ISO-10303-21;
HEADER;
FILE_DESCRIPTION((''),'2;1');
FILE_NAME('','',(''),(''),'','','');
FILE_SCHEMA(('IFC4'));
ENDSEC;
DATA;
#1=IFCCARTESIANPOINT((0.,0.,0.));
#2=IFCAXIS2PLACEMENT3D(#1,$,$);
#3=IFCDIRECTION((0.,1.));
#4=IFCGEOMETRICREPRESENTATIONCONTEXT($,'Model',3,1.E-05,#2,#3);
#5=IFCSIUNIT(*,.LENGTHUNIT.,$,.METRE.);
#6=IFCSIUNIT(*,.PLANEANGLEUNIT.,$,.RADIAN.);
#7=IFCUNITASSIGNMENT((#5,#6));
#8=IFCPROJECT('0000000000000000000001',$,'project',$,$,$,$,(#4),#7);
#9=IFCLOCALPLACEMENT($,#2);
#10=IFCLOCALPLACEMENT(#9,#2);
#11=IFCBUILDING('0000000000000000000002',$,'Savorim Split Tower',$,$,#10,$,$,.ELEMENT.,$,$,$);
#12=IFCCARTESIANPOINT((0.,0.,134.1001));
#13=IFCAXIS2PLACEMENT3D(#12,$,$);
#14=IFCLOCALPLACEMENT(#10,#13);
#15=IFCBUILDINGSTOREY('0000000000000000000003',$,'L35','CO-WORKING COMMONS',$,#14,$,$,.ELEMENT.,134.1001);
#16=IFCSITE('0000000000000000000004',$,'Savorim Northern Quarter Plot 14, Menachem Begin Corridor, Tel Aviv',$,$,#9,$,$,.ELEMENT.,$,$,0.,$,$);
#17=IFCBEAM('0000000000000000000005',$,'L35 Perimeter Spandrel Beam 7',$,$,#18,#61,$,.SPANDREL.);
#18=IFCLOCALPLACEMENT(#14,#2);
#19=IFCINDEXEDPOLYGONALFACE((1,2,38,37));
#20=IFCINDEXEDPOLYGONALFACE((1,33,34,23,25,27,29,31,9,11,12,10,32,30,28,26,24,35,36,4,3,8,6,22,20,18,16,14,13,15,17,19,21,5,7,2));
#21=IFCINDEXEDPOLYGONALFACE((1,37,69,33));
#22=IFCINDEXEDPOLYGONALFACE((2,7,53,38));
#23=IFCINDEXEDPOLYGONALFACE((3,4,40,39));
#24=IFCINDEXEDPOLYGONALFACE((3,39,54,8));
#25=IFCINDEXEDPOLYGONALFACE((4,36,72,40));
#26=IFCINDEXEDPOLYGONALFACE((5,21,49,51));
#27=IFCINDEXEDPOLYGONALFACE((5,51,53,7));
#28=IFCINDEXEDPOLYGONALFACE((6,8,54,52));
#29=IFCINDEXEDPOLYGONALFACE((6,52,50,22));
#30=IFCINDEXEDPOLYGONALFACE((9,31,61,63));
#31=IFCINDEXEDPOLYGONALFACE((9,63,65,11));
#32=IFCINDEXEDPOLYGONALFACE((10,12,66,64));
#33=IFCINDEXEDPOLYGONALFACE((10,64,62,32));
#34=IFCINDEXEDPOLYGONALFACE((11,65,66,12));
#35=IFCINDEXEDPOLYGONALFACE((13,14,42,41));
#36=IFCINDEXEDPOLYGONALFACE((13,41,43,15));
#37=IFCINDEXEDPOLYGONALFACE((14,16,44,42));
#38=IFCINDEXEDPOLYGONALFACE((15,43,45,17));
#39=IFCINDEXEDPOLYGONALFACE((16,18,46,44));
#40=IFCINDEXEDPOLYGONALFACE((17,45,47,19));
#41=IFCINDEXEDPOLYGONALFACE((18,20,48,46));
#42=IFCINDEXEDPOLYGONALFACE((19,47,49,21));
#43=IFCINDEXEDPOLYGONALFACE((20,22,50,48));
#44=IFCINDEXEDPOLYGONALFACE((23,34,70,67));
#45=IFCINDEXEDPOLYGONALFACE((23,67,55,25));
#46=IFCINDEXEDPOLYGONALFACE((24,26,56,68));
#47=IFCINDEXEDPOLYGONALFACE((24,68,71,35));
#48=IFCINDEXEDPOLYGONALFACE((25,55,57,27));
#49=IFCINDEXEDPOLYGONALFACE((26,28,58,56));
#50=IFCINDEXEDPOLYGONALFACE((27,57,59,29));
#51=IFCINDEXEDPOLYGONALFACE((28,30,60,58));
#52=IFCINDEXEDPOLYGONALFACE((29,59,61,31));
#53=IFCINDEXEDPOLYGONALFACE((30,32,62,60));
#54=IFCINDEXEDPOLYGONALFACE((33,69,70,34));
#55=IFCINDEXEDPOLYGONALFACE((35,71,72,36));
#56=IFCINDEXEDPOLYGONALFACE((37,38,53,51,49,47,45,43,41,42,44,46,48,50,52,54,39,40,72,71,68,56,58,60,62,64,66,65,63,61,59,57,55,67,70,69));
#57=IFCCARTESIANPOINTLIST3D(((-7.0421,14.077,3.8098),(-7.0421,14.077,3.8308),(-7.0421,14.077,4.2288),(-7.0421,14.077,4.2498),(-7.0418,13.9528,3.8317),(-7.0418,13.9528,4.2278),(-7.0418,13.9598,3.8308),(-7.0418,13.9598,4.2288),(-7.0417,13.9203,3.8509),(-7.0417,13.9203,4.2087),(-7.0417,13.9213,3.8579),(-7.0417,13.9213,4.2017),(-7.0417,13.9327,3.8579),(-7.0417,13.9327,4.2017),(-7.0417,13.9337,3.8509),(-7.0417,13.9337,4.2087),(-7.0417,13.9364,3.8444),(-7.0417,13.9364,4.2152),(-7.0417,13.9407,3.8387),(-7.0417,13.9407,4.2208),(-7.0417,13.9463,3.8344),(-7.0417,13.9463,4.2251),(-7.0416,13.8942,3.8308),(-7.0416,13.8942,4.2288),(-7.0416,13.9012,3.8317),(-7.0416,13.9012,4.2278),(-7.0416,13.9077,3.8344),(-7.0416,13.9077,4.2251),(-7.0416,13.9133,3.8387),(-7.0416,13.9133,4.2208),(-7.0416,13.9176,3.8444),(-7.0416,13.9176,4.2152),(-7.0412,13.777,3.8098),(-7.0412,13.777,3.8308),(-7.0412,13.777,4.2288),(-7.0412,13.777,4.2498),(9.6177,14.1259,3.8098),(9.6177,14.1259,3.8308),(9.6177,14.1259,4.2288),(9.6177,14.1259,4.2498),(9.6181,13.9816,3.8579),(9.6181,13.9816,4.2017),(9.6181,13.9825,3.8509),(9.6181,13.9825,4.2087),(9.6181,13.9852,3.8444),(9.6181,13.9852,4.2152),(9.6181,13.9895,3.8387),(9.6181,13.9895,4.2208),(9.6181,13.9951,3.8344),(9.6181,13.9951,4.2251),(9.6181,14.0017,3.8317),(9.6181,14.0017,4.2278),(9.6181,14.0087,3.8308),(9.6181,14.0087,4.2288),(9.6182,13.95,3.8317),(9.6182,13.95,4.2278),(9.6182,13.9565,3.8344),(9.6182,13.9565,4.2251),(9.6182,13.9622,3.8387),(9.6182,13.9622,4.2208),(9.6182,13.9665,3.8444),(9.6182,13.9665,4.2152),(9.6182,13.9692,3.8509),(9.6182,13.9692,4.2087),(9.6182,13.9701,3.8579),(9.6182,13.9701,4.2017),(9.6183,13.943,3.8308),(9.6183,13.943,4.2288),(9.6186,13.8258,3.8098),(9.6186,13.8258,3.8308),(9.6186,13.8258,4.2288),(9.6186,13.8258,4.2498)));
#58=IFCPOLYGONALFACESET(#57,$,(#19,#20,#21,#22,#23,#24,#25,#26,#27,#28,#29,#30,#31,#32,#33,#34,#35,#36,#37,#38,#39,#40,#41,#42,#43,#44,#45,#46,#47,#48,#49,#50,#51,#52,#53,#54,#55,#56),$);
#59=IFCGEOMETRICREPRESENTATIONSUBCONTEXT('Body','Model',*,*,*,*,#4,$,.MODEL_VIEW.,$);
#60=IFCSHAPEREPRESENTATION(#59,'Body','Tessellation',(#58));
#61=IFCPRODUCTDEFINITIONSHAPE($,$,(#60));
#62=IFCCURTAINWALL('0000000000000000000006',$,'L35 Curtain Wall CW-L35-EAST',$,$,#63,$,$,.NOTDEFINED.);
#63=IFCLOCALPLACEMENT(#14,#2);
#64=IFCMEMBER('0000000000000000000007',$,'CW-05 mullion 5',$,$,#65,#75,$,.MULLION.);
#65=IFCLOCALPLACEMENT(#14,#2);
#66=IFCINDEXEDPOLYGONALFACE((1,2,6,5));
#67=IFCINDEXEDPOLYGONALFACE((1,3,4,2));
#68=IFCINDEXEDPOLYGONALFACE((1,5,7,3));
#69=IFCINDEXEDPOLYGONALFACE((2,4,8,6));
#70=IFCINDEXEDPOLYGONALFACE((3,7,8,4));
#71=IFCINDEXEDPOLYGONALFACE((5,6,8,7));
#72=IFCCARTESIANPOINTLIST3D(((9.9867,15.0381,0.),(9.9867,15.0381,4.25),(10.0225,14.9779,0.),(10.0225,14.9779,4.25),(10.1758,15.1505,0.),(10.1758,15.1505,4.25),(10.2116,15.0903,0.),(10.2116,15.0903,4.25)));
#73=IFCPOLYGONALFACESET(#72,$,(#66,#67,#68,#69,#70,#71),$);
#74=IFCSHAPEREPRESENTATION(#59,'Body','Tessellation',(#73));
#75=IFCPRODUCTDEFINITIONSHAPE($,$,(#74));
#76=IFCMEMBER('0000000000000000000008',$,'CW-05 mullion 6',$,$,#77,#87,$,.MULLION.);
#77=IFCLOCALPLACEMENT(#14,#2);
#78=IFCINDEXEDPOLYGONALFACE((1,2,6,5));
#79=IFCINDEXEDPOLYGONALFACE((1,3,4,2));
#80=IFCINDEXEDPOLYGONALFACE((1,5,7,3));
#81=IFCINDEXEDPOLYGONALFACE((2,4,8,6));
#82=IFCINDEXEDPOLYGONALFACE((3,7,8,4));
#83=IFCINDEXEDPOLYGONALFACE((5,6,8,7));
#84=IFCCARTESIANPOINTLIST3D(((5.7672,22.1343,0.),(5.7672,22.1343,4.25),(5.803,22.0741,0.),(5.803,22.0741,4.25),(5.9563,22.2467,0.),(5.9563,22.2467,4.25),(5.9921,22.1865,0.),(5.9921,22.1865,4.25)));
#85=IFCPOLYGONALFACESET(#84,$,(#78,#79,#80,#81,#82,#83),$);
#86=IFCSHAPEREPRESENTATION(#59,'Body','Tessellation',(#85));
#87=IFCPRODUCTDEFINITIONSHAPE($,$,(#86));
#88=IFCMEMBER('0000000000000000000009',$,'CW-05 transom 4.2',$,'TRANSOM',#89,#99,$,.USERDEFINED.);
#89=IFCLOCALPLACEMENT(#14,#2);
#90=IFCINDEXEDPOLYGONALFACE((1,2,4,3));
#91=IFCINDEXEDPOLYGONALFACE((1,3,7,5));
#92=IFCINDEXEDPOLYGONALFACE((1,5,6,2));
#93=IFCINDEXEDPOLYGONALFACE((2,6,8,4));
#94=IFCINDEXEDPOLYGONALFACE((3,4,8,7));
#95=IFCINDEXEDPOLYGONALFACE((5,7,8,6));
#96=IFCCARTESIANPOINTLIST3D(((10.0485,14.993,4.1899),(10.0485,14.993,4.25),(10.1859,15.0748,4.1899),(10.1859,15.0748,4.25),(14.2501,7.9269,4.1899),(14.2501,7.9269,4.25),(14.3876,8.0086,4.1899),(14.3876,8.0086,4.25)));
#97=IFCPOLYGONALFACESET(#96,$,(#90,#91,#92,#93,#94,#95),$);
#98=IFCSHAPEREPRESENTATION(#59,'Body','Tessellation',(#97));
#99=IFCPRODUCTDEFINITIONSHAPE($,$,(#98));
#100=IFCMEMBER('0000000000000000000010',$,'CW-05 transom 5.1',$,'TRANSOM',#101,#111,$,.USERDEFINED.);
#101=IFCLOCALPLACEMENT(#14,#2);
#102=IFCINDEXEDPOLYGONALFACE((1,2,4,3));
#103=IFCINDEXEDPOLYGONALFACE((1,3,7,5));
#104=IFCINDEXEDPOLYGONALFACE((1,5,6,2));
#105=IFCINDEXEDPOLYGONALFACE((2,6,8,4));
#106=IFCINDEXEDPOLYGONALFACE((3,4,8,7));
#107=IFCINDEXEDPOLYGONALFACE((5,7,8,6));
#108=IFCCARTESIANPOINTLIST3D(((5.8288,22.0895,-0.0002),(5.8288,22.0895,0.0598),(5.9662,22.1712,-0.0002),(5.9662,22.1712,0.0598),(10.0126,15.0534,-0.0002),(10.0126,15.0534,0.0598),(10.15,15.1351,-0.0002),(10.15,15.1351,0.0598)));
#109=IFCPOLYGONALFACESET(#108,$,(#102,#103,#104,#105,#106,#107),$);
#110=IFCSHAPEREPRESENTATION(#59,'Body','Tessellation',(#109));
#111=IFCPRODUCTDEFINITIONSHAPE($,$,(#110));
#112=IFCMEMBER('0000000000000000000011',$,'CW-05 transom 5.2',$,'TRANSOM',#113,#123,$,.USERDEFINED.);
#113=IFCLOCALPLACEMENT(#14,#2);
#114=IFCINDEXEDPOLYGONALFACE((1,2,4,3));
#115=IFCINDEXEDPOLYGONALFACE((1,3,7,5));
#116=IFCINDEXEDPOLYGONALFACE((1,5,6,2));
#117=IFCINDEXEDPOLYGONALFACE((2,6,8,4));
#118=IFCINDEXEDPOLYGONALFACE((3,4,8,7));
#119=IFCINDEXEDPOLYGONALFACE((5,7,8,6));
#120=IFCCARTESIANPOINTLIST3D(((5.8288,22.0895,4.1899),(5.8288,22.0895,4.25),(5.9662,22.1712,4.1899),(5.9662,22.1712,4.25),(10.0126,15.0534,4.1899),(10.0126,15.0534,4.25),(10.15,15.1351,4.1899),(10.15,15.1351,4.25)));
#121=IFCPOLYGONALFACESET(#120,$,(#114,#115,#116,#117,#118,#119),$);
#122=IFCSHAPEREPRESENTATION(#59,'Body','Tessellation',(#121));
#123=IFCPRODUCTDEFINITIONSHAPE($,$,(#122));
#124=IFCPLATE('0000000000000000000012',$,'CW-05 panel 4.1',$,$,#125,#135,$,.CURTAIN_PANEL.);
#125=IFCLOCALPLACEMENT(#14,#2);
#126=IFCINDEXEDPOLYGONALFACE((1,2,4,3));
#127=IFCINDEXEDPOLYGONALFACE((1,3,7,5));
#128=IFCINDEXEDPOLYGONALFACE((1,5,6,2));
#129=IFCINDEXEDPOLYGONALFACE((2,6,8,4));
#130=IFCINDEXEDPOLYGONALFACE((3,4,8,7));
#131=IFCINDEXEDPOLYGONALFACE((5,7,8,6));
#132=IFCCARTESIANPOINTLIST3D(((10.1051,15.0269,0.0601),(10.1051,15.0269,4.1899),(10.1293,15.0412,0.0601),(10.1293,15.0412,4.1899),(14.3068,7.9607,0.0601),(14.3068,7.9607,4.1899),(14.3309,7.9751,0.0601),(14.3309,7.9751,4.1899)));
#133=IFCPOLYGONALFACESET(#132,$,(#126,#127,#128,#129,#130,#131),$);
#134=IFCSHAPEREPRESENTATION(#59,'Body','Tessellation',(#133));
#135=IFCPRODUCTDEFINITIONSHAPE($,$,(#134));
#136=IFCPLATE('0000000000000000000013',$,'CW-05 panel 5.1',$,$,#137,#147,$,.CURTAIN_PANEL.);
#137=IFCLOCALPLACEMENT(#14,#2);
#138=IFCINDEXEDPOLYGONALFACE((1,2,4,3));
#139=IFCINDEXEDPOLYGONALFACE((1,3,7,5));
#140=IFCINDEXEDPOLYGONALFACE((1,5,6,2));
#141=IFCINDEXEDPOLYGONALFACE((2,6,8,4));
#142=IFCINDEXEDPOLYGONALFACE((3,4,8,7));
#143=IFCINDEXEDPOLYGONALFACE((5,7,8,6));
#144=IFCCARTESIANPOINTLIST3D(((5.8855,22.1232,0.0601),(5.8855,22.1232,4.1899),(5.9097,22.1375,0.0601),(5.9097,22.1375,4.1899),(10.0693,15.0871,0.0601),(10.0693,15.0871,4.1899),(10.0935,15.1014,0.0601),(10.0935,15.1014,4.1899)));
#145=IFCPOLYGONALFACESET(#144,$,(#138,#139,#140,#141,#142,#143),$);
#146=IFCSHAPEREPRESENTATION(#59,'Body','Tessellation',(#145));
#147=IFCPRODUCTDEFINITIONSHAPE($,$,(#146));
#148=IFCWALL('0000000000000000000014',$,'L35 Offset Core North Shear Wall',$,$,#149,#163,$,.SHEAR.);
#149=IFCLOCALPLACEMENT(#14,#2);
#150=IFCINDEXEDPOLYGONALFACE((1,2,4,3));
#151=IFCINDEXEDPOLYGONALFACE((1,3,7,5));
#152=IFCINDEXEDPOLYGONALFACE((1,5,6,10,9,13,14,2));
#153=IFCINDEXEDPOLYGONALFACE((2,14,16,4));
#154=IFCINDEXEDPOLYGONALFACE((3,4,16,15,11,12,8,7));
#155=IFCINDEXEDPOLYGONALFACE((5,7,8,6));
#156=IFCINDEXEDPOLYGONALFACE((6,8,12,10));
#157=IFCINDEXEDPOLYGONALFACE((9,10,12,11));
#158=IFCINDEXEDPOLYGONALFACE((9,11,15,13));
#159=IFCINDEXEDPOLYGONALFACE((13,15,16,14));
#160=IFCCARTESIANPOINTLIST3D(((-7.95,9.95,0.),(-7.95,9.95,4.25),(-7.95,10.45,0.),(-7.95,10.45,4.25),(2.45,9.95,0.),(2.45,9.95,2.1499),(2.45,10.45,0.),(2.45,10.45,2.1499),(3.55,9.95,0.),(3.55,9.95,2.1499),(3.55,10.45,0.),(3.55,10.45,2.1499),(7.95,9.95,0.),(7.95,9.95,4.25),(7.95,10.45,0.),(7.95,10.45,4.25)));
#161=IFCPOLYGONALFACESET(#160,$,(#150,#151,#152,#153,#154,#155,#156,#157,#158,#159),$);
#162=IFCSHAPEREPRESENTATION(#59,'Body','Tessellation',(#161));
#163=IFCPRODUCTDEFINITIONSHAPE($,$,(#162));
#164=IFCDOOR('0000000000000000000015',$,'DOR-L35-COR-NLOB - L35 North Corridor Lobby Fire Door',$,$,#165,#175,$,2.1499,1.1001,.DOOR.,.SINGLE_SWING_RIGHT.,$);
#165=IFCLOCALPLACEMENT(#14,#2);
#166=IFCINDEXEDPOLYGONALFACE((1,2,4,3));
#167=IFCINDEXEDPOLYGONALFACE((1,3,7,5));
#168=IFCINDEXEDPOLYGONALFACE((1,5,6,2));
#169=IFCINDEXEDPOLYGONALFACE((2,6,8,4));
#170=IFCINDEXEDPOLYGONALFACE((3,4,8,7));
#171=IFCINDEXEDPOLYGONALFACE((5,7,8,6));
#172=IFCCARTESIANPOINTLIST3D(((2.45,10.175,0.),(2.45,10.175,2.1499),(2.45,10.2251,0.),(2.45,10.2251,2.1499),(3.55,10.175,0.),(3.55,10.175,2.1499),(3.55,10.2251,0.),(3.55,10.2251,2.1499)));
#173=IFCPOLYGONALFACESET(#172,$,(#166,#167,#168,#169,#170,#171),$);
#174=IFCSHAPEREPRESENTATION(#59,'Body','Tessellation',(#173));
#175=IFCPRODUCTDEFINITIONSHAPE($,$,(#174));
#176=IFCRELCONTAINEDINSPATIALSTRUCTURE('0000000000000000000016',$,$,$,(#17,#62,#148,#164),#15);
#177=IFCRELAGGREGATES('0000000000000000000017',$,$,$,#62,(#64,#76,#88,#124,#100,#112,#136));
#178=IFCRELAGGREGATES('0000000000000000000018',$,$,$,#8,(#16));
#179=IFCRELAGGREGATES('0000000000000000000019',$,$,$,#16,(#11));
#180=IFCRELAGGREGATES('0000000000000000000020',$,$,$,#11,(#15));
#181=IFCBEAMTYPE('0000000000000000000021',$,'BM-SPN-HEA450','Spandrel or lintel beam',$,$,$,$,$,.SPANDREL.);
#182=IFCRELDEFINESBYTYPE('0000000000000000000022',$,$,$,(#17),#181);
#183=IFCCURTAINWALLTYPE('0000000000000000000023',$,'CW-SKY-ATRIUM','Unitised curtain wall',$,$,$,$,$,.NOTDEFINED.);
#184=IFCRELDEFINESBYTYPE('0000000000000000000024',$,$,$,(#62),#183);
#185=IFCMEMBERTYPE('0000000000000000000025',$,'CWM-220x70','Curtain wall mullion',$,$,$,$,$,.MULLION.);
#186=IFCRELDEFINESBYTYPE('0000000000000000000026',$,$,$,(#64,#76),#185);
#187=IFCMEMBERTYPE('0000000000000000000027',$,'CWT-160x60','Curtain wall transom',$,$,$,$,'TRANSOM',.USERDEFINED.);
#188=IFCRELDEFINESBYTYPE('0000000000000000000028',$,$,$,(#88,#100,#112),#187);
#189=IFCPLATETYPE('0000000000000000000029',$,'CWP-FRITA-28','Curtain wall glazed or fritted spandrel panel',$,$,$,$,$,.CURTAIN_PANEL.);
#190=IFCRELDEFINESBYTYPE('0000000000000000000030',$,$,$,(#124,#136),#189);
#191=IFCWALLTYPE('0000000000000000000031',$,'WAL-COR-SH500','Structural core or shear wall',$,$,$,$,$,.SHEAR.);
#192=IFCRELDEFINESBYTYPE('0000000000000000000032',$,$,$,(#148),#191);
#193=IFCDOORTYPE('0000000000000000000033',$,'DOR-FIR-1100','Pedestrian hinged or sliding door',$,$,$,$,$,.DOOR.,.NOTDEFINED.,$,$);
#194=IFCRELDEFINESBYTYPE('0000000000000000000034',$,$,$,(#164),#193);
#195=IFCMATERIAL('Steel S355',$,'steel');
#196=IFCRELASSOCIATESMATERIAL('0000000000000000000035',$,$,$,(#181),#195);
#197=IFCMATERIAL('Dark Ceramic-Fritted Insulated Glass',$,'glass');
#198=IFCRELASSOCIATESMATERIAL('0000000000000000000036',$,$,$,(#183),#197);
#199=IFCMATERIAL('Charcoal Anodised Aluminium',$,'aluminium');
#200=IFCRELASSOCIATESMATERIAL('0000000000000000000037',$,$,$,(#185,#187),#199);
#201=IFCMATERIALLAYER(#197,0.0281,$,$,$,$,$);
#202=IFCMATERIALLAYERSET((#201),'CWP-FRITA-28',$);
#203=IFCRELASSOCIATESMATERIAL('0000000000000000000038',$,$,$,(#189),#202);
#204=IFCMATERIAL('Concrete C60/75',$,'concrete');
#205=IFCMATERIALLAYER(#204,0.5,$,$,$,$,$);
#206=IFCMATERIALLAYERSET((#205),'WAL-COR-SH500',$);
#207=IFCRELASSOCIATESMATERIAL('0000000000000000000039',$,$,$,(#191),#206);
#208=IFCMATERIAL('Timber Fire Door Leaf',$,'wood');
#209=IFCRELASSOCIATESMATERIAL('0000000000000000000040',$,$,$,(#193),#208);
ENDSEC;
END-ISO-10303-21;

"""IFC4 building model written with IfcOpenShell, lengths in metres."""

from ifc_helpers import new_model, si_unit, direction, frame, frame_2d, origin, origin_2d, place, context, subcontext, project, spatial, rectangle, i_section, extrude, material, layer, layer_set, material_profile, profile_set, type_object, element, fill, aggregate, save


model = new_model("IFC4")

# Units and contexts
model_context = context("Model", 3, precision=1e-05, world=origin(), true_north=direction((0.0, 1.0)))
body_context = subcontext(model_context, "Body", "Model", "MODEL_VIEW")
ifc_project = project(units=[si_unit("LENGTHUNIT", "METRE"), si_unit("PLANEANGLEUNIT", "RADIAN")], contexts=[model_context])

# Site, building, storey
site_placement = place(None, origin())
site = spatial("IfcSite", under=ifc_project, at=site_placement, Name="Savorim Northern Quarter Plot 14, Menachem Begin Corridor, Tel Aviv", CompositionType="ELEMENT", RefElevation=0.0)
building_placement = place(site_placement, origin())
building = spatial("IfcBuilding", under=site, at=building_placement, Name="Savorim Split Tower", CompositionType="ELEMENT")
storey_placement = place(building_placement, frame((0.0, 0.0, 134.1001)))
storey = spatial("IfcBuildingStorey", under=building, at=storey_placement, Name="L35", Description="CO-WORKING COMMONS", CompositionType="ELEMENT", Elevation=134.1001)

# Beam
ifc_material_1 = material(Name="Steel S355", Category="steel")
ifc_material_profile_1 = material_profile(ifc_material_1, i_section(OverallWidth=0.3, OverallDepth=0.4399, WebThickness=0.0115, FlangeThickness=0.021, FilletRadius=0.0271, at=origin_2d()), Name="HEA 450")
ifc_profile_set_1 = profile_set([ifc_material_profile_1], Name="Steel S355")
beam_type_1 = type_object("IfcBeamType", Name="BM-SPN-HEA450", Description="Spandrel or lintel beam", PredefinedType="SPANDREL", material=ifc_profile_set_1)
beam_1_placement = place(storey_placement, frame((9.6182, 13.9758, 4.0298), z_axis=(-0.999996, -0.002931, 0.0), x_axis=(0.002931, -0.999996, 0.0)))
element("IfcBeam", 1, at=beam_1_placement, inside=storey, type_object=beam_type_1, Name="L35 Perimeter Spandrel Beam 7", PredefinedType="SPANDREL", context=body_context, shape_type="SweptSolid", body=[
    extrude(i_section(OverallWidth=0.3, OverallDepth=0.4399, WebThickness=0.0115, FlangeThickness=0.021, FilletRadius=0.0271, at=origin_2d()), origin(), (0.0, 0.0, 1.0), 16.6599),
])

# Curtain wall, members, plates
ifc_material_2 = material(Name="Dark Ceramic-Fritted Insulated Glass", Category="glass")
curtain_wall_type = type_object("IfcCurtainWallType", Name="CW-SKY-ATRIUM", Description="Unitised curtain wall", PredefinedType="NOTDEFINED", material=ifc_material_2)
curtain_wall_placement = place(storey_placement, origin())
curtain_wall = element("IfcCurtainWall", 2, at=curtain_wall_placement, inside=storey, type_object=curtain_wall_type, Name="L35 Curtain Wall CW-L35-EAST", PredefinedType="NOTDEFINED")
ifc_material_3 = material(Name="Charcoal Anodised Aluminium", Category="aluminium")
ifc_material_profile_2 = material_profile(ifc_material_3, rectangle(XDim=0.22, YDim=0.0701, at=origin_2d()), Name="ALU-M 220x70")
ifc_profile_set_2 = profile_set([ifc_material_profile_2], Name="Charcoal Anodised Aluminium")
member_type_1 = type_object("IfcMemberType", Name="CWM-220x70", Description="Curtain wall mullion", PredefinedType="MULLION", material=ifc_profile_set_2)
member_1_placement = place(storey_placement, frame((10.0991, 15.0642, 0.0), z_axis=(0.0, 0.0, 1.0), x_axis=(-0.859527, -0.511091, 0.0)))
member_1 = element("IfcMember", 3, at=member_1_placement, type_object=member_type_1, Name="CW-05 mullion 5", PredefinedType="MULLION", context=body_context, shape_type="SweptSolid", body=[
    extrude(rectangle(XDim=0.22, YDim=0.0701, at=origin_2d()), origin(), (0.0, 0.0, 1.0), 4.25),
])
member_2_placement = place(storey_placement, frame((5.8796, 22.1604, 0.0), z_axis=(0.0, 0.0, 1.0), x_axis=(-0.859527, -0.511091, 0.0)))
member_2 = element("IfcMember", 4, at=member_2_placement, type_object=member_type_1, Name="CW-05 mullion 6", PredefinedType="MULLION", context=body_context, shape_type="SweptSolid", body=[
    extrude(rectangle(XDim=0.22, YDim=0.0701, at=origin_2d()), origin(), (0.0, 0.0, 1.0), 4.25),
])
ifc_material_profile_3 = material_profile(ifc_material_3, rectangle(XDim=0.1599, YDim=0.0601, at=origin_2d()), Name="ALU-T 160x60")
ifc_profile_set_3 = profile_set([ifc_material_profile_3], Name="Charcoal Anodised Aluminium")
member_type_2 = type_object("IfcMemberType", Name="CWT-160x60", Description="Curtain wall transom", ElementType="TRANSOM", PredefinedType="USERDEFINED", material=ifc_profile_set_3)
member_3_placement = place(storey_placement, frame((14.3188, 7.9678, 4.22), z_axis=(-0.51109, 0.859527, 0.0), x_axis=(-0.859527, -0.51109, 0.0)))
member_3 = element("IfcMember", 5, at=member_3_placement, type_object=member_type_2, Name="CW-05 transom 4.2", ObjectType="TRANSOM", PredefinedType="USERDEFINED", context=body_context, shape_type="SweptSolid", body=[
    extrude(rectangle(XDim=0.1599, YDim=0.0601, at=origin_2d()), origin(), (0.0, 0.0, 1.0), 8.2209),
])
member_4_placement = place(storey_placement, frame((10.0813, 15.0942, 0.0298), z_axis=(-0.511093, 0.859526, 0.0), x_axis=(-0.859526, -0.511093, 0.0)))
member_4 = element("IfcMember", 6, at=member_4_placement, type_object=member_type_2, Name="CW-05 transom 5.1", ObjectType="TRANSOM", PredefinedType="USERDEFINED", context=body_context, shape_type="SweptSolid", body=[
    extrude(rectangle(XDim=0.1599, YDim=0.0601, at=origin_2d()), origin(), (0.0, 0.0, 1.0), 8.186),
])
member_5_placement = place(storey_placement, frame((10.0813, 15.0942, 4.22), z_axis=(-0.511093, 0.859526, 0.0), x_axis=(-0.859526, -0.511093, 0.0)))
member_5 = element("IfcMember", 7, at=member_5_placement, type_object=member_type_2, Name="CW-05 transom 5.2", ObjectType="TRANSOM", PredefinedType="USERDEFINED", context=body_context, shape_type="SweptSolid", body=[
    extrude(rectangle(XDim=0.1599, YDim=0.0601, at=origin_2d()), origin(), (0.0, 0.0, 1.0), 8.186),
])
ifc_layer_1 = layer(ifc_material_2, 0.0281)
ifc_layer_set_1 = layer_set([ifc_layer_1], Name="CWP-FRITA-28")
plate_type = type_object("IfcPlateType", Name="CWP-FRITA-28", Description="Curtain wall glazed or fritted spandrel panel", PredefinedType="CURTAIN_PANEL", material=ifc_layer_set_1)
plate_1_placement = place(storey_placement, frame((12.218, 11.501, 0.0601), z_axis=(0.0, 0.0, 1.0), x_axis=(-0.511091, 0.859527, 0.0)))
plate_1 = element("IfcPlate", 8, at=plate_1_placement, type_object=plate_type, Name="CW-05 panel 4.1", PredefinedType="CURTAIN_PANEL", context=body_context, shape_type="SweptSolid", body=[
    extrude(rectangle(XDim=8.2209, YDim=0.0281, at=origin_2d()), origin(), (0.0, 0.0, 1.0), 4.1299),
])
plate_2_placement = place(storey_placement, frame((7.9895, 18.6123, 0.0601), z_axis=(0.0, 0.0, 1.0), x_axis=(-0.511091, 0.859527, 0.0)))
plate_2 = element("IfcPlate", 9, at=plate_2_placement, type_object=plate_type, Name="CW-05 panel 5.1", PredefinedType="CURTAIN_PANEL", context=body_context, shape_type="SweptSolid", body=[
    extrude(rectangle(XDim=8.186, YDim=0.0281, at=origin_2d()), origin(), (0.0, 0.0, 1.0), 4.1299),
])
aggregate(curtain_wall, [member_1, member_2, member_3, plate_1, member_4, member_5, plate_2])

# Wall, opening, door
ifc_material_4 = material(Name="Concrete C60/75", Category="concrete")
ifc_layer_2 = layer(ifc_material_4, 0.5)
ifc_layer_set_2 = layer_set([ifc_layer_2], Name="WAL-COR-SH500")
wall_type_1 = type_object("IfcWallType", Name="WAL-COR-SH500", Description="Structural core or shear wall", PredefinedType="SHEAR", material=ifc_layer_set_2)
wall_1_placement = place(storey_placement, frame((7.95, 10.2, 0.0), z_axis=(0.0, 0.0, 1.0), x_axis=(-1.0, 0.0, 0.0)))
wall_1 = element("IfcWall", 10, at=wall_1_placement, inside=storey, type_object=wall_type_1, Name="L35 Offset Core North Shear Wall", PredefinedType="SHEAR", context=body_context, shape_type="SweptSolid", body=[
    extrude(rectangle(XDim=15.8999, YDim=0.5, at=frame_2d((7.95, 0.0))), origin(), (0.0, 0.0, 1.0), 4.25),
])
opening_1_placement = place(wall_1_placement, frame((4.3999, 0.0, 0.0)))
opening_1 = element("IfcOpeningElement", 11, at=opening_1_placement, cuts=wall_1, PredefinedType="OPENING", context=body_context, shape_type="SweptSolid", body=[
    extrude(rectangle(XDim=1.1001, YDim=2.1499, at=frame_2d((0.55, 1.075))), frame((0.0, 0.26, 0.0), z_axis=(0.0, -1.0, 0.0), x_axis=(1.0, 0.0, 0.0)), (0.0, 0.0, 1.0), 0.52),
])
ifc_material_5 = material(Name="Timber Fire Door Leaf", Category="wood")
door_type_1 = type_object("IfcDoorType", Name="DOR-FIR-1100", Description="Pedestrian hinged or sliding door", OperationType="NOTDEFINED", PredefinedType="DOOR", material=ifc_material_5)
door_1_placement = place(opening_1_placement, origin())
door_1 = element("IfcDoor", 12, at=door_1_placement, inside=storey, type_object=door_type_1, Name="DOR-L35-COR-NLOB - L35 North Corridor Lobby Fire Door", OperationType="SINGLE_SWING_RIGHT", OverallHeight=2.1499, OverallWidth=1.1001, PredefinedType="DOOR", context=body_context, shape_type="SweptSolid", body=[
    extrude(rectangle(XDim=1.1001, YDim=2.1499, at=frame_2d((0.55, 1.075))), frame((0.0, 0.0249, 0.0), z_axis=(0.0, -1.0, 0.0), x_axis=(1.0, 0.0, 0.0)), (0.0, 0.0, 1.0), 0.05),
])
fill(opening_1, door_1)

save(model, "model.ifc")
